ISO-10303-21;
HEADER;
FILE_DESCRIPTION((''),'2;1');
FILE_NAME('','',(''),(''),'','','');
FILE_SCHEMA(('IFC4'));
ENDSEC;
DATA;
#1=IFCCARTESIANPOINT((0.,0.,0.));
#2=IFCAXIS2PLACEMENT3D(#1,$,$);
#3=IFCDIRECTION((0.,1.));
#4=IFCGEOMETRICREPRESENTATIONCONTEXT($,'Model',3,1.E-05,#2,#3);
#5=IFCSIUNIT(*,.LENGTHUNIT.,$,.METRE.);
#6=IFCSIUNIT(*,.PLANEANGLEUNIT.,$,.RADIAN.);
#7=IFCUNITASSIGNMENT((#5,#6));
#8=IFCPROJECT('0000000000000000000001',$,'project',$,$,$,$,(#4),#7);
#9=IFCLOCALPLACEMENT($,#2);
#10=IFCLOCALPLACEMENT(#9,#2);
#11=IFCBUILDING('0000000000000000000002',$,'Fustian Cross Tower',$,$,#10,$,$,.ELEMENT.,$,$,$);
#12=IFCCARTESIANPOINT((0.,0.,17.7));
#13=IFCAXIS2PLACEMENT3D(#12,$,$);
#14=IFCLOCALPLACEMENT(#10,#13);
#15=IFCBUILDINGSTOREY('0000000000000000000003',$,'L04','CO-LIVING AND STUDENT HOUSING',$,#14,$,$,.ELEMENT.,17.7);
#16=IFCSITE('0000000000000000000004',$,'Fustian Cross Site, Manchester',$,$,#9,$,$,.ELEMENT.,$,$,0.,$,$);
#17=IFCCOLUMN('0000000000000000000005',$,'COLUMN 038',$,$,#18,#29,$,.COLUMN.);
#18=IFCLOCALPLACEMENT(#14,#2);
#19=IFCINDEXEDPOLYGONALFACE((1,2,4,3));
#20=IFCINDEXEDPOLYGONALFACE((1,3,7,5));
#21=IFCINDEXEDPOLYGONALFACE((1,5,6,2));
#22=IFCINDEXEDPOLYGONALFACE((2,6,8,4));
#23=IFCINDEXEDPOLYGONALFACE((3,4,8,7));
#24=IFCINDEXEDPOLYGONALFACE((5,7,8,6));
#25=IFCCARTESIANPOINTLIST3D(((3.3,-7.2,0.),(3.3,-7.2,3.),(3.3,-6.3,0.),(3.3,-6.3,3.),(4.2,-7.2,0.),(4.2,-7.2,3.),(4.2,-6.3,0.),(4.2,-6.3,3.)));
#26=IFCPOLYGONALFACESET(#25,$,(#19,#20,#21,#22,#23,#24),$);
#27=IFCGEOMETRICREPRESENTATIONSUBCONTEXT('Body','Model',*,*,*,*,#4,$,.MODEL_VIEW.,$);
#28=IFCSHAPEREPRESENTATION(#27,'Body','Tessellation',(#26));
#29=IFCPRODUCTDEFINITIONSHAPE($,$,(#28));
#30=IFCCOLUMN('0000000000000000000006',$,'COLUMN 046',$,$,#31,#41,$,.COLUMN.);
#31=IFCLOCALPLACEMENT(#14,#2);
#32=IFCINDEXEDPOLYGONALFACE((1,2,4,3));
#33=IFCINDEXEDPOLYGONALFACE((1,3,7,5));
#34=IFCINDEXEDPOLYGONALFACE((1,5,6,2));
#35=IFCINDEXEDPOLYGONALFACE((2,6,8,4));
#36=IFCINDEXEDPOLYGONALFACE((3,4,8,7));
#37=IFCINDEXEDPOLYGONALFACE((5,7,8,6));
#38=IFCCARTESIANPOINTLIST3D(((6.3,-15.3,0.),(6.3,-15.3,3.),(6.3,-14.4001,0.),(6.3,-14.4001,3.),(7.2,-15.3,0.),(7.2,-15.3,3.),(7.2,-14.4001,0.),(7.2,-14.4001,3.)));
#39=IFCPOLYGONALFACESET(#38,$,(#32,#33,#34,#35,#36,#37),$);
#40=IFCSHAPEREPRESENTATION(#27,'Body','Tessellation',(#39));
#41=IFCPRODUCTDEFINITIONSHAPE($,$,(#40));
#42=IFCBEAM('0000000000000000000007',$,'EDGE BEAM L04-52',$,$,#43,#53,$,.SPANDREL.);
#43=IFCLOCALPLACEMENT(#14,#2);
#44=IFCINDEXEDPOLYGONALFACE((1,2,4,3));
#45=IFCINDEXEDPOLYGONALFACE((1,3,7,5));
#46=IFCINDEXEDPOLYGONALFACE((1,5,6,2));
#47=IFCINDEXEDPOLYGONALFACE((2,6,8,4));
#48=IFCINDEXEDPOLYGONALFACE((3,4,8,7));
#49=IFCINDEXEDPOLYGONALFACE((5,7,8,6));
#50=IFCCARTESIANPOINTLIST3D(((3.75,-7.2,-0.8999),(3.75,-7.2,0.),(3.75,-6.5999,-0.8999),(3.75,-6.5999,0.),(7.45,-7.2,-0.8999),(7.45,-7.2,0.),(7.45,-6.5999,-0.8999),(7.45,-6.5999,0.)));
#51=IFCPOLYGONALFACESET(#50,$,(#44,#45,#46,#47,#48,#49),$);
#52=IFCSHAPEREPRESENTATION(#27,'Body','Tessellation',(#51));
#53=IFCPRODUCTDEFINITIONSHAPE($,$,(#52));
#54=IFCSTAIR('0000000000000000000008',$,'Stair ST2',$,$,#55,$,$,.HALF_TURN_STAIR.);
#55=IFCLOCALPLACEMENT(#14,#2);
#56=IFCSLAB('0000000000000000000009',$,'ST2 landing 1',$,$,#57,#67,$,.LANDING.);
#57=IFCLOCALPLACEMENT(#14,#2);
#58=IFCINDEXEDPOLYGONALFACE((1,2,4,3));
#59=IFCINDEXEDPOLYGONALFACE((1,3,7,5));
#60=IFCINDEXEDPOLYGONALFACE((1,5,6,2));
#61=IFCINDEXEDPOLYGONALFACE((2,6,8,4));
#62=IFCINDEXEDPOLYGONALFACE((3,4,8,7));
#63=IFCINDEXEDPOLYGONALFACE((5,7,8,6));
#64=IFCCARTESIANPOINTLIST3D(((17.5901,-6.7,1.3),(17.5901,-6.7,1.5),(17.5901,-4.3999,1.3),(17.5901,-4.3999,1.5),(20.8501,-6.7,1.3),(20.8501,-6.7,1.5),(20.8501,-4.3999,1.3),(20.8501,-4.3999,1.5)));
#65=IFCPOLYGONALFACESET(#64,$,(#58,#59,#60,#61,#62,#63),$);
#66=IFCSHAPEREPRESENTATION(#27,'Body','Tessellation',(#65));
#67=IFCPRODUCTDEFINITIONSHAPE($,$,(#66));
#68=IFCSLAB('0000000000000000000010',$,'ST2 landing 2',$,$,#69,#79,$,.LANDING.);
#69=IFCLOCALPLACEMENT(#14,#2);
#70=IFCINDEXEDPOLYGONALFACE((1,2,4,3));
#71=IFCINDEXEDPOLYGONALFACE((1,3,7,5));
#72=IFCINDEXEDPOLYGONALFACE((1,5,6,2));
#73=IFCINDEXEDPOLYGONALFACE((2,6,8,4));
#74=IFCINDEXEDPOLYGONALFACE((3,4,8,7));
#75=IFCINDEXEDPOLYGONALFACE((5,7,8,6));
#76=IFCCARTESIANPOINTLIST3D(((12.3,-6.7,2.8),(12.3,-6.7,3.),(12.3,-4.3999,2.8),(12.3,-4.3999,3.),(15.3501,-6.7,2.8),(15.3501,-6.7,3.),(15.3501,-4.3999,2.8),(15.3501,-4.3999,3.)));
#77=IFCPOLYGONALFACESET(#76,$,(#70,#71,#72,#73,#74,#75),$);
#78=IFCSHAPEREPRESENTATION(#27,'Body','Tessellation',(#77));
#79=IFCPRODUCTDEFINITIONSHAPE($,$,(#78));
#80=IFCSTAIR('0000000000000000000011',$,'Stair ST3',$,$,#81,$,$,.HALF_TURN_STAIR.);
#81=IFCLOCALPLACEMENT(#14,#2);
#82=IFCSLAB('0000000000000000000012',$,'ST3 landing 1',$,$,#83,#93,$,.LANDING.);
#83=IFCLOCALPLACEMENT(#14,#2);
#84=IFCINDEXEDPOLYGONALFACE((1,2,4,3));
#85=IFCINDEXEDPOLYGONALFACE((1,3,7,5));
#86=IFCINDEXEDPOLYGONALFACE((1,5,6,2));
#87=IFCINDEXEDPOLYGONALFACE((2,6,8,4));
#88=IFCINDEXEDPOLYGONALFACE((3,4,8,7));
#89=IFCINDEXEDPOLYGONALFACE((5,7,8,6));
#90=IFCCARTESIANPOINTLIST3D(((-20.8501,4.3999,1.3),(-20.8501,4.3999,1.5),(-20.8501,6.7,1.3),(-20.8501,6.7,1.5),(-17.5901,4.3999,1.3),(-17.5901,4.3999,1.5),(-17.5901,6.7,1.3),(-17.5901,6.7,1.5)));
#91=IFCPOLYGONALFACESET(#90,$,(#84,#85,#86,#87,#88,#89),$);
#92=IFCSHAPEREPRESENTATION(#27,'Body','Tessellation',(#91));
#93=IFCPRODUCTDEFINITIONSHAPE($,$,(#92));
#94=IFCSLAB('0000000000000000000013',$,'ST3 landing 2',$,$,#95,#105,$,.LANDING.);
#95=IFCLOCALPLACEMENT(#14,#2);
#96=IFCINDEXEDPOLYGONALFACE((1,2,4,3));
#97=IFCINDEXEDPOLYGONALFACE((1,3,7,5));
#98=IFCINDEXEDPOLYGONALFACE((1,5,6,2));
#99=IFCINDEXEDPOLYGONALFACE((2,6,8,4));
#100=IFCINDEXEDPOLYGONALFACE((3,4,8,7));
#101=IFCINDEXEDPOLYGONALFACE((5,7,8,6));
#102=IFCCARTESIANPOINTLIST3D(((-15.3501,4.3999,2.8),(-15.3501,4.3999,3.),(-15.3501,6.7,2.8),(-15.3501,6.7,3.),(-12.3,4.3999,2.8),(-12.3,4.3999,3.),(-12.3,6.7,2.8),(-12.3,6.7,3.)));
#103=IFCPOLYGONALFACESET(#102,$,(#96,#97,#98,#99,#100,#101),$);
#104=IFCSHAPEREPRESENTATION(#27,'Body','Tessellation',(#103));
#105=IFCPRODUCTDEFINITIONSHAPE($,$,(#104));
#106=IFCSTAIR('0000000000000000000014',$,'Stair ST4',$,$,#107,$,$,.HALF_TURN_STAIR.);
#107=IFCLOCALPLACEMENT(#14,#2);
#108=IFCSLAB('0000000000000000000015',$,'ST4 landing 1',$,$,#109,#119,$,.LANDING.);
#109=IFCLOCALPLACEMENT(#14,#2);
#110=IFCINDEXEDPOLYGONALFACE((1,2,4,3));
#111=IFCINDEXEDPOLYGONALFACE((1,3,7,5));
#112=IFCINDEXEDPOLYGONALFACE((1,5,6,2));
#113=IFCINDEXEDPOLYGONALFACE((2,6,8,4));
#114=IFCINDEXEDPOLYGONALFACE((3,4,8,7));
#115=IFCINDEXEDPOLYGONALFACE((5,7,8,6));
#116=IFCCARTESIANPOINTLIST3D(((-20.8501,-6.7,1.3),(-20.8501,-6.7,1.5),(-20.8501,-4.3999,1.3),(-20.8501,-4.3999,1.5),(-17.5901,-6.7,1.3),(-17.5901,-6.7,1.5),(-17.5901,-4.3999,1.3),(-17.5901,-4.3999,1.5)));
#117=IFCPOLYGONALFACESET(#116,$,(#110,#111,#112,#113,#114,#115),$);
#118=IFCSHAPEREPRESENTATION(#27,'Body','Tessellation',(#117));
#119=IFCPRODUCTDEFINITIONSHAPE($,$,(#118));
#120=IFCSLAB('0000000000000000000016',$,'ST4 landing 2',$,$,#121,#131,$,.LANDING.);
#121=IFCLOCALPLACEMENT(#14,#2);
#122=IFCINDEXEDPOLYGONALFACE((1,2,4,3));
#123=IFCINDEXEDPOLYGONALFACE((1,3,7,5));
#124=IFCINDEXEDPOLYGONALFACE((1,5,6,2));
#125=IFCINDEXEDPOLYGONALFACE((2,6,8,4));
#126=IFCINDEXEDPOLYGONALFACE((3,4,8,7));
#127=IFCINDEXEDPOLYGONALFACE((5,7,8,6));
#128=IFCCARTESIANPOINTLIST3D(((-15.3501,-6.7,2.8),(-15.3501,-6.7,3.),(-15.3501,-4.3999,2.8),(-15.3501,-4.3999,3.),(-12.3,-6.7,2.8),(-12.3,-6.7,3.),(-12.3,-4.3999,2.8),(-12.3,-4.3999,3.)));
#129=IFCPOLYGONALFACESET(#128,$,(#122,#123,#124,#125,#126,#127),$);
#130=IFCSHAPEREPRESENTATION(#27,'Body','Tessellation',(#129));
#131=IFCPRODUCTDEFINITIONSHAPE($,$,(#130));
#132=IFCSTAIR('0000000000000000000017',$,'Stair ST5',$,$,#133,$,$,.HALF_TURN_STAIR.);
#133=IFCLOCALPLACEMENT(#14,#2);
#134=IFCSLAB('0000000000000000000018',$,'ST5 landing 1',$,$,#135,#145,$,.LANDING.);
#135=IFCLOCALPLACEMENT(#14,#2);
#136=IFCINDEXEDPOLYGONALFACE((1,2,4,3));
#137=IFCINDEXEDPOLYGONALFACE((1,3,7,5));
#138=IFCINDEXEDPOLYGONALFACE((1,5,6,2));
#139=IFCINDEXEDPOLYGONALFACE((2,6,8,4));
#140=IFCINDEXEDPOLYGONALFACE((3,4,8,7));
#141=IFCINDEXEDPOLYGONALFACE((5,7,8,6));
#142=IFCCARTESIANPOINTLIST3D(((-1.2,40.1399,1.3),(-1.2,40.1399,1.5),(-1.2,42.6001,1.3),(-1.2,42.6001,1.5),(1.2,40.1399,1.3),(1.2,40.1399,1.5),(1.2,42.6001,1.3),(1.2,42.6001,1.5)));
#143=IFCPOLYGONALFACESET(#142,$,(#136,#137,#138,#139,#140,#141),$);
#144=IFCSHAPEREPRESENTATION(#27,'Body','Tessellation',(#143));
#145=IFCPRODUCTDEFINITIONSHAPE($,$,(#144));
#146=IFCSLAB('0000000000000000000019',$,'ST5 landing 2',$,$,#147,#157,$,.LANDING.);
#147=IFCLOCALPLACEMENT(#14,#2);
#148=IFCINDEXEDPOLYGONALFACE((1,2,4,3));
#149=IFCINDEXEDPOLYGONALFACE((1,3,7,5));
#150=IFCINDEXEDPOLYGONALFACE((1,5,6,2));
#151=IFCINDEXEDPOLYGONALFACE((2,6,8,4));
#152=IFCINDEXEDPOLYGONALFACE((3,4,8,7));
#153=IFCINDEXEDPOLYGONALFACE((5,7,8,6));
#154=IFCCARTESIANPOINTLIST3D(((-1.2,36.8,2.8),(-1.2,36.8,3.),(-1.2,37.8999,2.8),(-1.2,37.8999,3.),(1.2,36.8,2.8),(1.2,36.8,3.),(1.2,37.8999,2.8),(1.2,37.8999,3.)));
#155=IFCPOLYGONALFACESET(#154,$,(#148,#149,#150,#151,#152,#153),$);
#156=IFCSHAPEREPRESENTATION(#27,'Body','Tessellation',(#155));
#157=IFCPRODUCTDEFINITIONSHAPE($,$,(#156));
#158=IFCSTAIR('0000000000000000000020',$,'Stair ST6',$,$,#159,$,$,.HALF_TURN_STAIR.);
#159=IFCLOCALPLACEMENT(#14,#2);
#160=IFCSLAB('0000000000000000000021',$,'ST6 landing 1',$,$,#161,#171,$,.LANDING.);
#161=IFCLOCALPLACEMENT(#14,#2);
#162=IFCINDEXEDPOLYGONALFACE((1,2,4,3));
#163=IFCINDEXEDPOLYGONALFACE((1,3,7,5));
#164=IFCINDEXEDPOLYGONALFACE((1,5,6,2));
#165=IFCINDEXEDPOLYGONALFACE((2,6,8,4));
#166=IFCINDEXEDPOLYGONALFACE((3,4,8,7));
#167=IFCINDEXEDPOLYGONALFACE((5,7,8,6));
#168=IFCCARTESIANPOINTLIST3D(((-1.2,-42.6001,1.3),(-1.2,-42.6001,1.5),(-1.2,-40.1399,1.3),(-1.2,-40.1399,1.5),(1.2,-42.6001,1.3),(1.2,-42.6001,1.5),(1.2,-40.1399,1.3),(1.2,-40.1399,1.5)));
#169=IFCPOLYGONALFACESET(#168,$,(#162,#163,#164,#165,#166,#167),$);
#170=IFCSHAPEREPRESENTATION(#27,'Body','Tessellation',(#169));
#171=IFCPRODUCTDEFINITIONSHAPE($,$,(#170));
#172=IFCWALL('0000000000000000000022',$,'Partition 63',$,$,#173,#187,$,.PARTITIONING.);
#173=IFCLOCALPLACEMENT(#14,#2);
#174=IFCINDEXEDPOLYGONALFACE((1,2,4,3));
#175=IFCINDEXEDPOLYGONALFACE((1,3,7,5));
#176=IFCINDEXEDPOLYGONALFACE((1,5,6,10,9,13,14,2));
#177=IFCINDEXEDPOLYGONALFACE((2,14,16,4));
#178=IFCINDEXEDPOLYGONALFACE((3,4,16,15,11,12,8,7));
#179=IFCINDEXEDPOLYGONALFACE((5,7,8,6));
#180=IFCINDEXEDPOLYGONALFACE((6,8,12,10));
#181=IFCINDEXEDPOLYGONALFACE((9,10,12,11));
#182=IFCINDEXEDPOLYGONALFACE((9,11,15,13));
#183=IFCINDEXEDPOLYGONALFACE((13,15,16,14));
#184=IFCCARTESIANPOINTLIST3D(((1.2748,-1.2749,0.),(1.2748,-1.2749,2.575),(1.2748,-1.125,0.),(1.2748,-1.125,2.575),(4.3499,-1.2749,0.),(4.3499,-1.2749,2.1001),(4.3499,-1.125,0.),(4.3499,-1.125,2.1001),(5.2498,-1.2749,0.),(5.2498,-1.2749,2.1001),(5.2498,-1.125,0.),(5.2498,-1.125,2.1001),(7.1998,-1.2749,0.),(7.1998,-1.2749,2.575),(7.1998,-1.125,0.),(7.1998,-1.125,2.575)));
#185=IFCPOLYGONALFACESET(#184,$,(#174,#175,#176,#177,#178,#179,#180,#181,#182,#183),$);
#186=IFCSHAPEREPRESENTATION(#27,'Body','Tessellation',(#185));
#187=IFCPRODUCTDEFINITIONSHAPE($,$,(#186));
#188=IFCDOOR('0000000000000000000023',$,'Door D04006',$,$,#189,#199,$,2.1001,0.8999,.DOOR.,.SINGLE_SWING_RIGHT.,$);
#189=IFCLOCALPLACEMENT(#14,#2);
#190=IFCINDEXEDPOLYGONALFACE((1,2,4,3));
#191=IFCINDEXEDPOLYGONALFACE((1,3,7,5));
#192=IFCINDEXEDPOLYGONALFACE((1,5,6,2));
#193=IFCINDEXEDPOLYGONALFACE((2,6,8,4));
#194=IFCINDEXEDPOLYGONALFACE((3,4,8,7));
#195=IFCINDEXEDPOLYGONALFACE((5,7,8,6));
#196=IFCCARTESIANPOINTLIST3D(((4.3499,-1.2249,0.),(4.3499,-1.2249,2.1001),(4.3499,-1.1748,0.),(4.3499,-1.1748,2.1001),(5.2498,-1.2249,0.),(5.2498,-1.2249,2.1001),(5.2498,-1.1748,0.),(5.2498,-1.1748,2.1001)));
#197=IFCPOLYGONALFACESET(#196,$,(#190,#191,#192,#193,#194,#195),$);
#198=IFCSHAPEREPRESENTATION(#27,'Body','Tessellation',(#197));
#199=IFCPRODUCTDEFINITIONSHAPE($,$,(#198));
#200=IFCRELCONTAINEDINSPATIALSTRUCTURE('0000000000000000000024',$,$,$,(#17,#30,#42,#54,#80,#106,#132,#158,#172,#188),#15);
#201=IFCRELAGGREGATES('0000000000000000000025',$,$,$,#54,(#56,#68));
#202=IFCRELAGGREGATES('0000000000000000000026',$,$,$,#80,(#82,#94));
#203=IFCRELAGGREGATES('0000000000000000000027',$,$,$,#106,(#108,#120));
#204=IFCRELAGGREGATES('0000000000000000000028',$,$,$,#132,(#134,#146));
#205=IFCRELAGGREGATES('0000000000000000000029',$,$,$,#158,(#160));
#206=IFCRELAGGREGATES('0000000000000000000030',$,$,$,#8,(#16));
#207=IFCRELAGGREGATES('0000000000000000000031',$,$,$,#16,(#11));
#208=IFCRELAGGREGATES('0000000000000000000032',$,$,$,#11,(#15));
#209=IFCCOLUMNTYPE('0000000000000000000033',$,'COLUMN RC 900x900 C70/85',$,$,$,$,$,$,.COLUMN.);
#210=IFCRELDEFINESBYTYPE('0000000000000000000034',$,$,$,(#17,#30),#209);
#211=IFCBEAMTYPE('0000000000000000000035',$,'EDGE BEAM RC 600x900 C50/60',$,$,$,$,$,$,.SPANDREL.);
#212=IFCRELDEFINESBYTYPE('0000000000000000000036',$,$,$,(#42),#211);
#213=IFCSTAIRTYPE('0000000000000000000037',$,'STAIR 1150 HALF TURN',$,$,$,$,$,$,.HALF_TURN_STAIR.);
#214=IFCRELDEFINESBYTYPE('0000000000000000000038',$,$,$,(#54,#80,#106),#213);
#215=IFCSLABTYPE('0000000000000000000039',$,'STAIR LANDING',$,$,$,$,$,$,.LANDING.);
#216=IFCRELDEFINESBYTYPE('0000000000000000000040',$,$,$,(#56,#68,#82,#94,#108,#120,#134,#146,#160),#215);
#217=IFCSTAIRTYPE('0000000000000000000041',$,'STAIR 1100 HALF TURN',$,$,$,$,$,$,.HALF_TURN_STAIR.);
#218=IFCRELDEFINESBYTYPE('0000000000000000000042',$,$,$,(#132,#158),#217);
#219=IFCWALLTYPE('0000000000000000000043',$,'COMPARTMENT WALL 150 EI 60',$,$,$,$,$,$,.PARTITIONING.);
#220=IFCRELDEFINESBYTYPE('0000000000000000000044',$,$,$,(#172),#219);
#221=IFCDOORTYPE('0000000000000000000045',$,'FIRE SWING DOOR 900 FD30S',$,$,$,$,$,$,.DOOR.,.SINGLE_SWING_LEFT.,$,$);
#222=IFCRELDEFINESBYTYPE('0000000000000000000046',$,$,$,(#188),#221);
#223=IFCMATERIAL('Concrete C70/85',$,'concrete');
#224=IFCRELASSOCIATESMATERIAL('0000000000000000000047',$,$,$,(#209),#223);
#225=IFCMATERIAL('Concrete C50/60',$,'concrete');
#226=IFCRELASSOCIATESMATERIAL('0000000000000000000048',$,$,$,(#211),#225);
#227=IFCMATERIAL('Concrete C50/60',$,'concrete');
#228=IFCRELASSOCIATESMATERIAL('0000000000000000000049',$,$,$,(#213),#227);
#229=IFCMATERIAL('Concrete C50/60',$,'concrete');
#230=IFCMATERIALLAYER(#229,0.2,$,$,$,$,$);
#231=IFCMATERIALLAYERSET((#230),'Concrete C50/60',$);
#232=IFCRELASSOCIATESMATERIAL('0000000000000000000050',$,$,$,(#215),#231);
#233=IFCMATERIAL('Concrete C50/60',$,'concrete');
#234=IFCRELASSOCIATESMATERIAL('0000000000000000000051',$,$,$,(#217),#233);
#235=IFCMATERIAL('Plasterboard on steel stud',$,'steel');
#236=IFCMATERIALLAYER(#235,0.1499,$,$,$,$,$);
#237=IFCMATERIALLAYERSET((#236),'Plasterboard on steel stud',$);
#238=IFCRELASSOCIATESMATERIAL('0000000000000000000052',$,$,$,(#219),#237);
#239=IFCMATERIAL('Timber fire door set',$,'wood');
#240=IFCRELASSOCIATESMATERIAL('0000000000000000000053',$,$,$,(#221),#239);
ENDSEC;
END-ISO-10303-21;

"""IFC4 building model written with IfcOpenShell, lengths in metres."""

from ifc_helpers import new_model, si_unit, direction, frame, frame_2d, origin, origin_2d, place, context, subcontext, project, spatial, polyline, rectangle, outline, extrude, material, layer, layer_set, material_profile, profile_set, type_object, element, fill, aggregate, save


model = new_model("IFC4")

# Units and contexts
model_context = context("Model", 3, precision=1e-05, world=origin(), true_north=direction((0.0, 1.0)))
body_context = subcontext(model_context, "Body", "Model", "MODEL_VIEW")
ifc_project = project(units=[si_unit("LENGTHUNIT", "METRE"), si_unit("PLANEANGLEUNIT", "RADIAN")], contexts=[model_context])

# Site, building, storey
site_placement = place(None, origin())
site = spatial("IfcSite", under=ifc_project, at=site_placement, Name="Fustian Cross Site, Manchester", CompositionType="ELEMENT", RefElevation=0.0)
building_placement = place(site_placement, origin())
building = spatial("IfcBuilding", under=site, at=building_placement, Name="Fustian Cross Tower", CompositionType="ELEMENT")
storey_placement = place(building_placement, frame((0.0, 0.0, 17.7)))
storey = spatial("IfcBuildingStorey", under=building, at=storey_placement, Name="L04", Description="CO-LIVING AND STUDENT HOUSING", CompositionType="ELEMENT", Elevation=17.7)

# Columns
ifc_material_1 = material(Name="Concrete C70/85", Category="concrete")
ifc_material_profile_1 = material_profile(ifc_material_1, rectangle(XDim=0.8999, YDim=0.8999, at=origin_2d()), Name="RC 900x900")
ifc_profile_set_1 = profile_set([ifc_material_profile_1], Name="Concrete C70/85")
column_type = type_object("IfcColumnType", Name="COLUMN RC 900x900 C70/85", PredefinedType="COLUMN", material=ifc_profile_set_1)
for number, where, z_axis, x_axis, name in (
    (1, (3.75, -6.75, 0.0), (0.0, 0.0, 1.0), (1.0, 0.0, 0.0), "COLUMN 038"),
    (2, (6.75, -14.8501, 0.0), (0.0, 0.0, 1.0), (1.0, 0.0, 0.0), "COLUMN 046"),
):
    element("IfcColumn", number, at=place(storey_placement, frame(where, z_axis=z_axis, x_axis=x_axis)), inside=storey, type_object=column_type, Name=name, PredefinedType="COLUMN", context=body_context, shape_type="SweptSolid", body=[
        extrude(rectangle(XDim=0.8999, YDim=0.8999, at=origin_2d()), origin(), (0.0, 0.0, 1.0), 3.0),
    ])

# Beam
ifc_material_2 = material(Name="Concrete C50/60", Category="concrete")
ifc_material_profile_2 = material_profile(ifc_material_2, rectangle(XDim=0.6001, YDim=0.8999, at=origin_2d()), Name="RC 600x900")
ifc_profile_set_2 = profile_set([ifc_material_profile_2], Name="Concrete C50/60")
beam_type = type_object("IfcBeamType", Name="EDGE BEAM RC 600x900 C50/60", PredefinedType="SPANDREL", material=ifc_profile_set_2)
beam_placement = place(storey_placement, frame((3.75, -6.8999, -0.45), z_axis=(1.0, 0.0, 0.0), x_axis=(0.0, 1.0, 0.0)))
element("IfcBeam", 3, at=beam_placement, inside=storey, type_object=beam_type, Name="EDGE BEAM L04-52", PredefinedType="SPANDREL", context=body_context, shape_type="SweptSolid", body=[
    extrude(rectangle(XDim=0.6001, YDim=0.8999, at=origin_2d()), origin(), (0.0, 0.0, 1.0), 3.7),
])

# Stairs, slabs
ifc_material_3 = material(Name="Concrete C50/60", Category="concrete")
stair_type_1 = type_object("IfcStairType", Name="STAIR 1150 HALF TURN", PredefinedType="HALF_TURN_STAIR", material=ifc_material_3)
stair_1_placement = place(storey_placement, origin())
stair_1 = element("IfcStair", 4, at=stair_1_placement, inside=storey, type_object=stair_type_1, Name="Stair ST2", PredefinedType="HALF_TURN_STAIR")
ifc_material_4 = material(Name="Concrete C50/60", Category="concrete")
ifc_layer_1 = layer(ifc_material_4, 0.2)
ifc_layer_set_1 = layer_set([ifc_layer_1], Name="Concrete C50/60")
slab_type = type_object("IfcSlabType", Name="STAIR LANDING", PredefinedType="LANDING", material=ifc_layer_set_1)
slab_1_placement = place(storey_placement, frame((0.0, 0.0, 1.3)))
slab_1 = element("IfcSlab", 5, at=slab_1_placement, type_object=slab_type, Name="ST2 landing 1", PredefinedType="LANDING", context=body_context, shape_type="SweptSolid", body=[
    extrude(outline(polyline([(17.5901, -4.3999), (20.8501, -4.3999), (20.8501, -6.7), (17.5901, -6.7), (17.5901, -4.3999)])), origin(), (0.0, 0.0, 1.0), 0.2),
])
slab_2_placement = place(storey_placement, frame((0.0, 0.0, 2.8)))
slab_2 = element("IfcSlab", 6, at=slab_2_placement, type_object=slab_type, Name="ST2 landing 2", PredefinedType="LANDING", context=body_context, shape_type="SweptSolid", body=[
    extrude(outline(polyline([(12.3, -4.3999), (15.3501, -4.3999), (15.3501, -6.7), (12.3, -6.7), (12.3, -4.3999)])), origin(), (0.0, 0.0, 1.0), 0.2),
])
aggregate(stair_1, [slab_1, slab_2])
stair_2_placement = place(storey_placement, origin())
stair_2 = element("IfcStair", 7, at=stair_2_placement, inside=storey, type_object=stair_type_1, Name="Stair ST3", PredefinedType="HALF_TURN_STAIR")
slab_3_placement = place(storey_placement, frame((0.0, 0.0, 1.3)))
slab_3 = element("IfcSlab", 8, at=slab_3_placement, type_object=slab_type, Name="ST3 landing 1", PredefinedType="LANDING", context=body_context, shape_type="SweptSolid", body=[
    extrude(outline(polyline([(-17.5901, 4.3999), (-20.8501, 4.3999), (-20.8501, 6.7), (-17.5901, 6.7), (-17.5901, 4.3999)])), origin(), (0.0, 0.0, 1.0), 0.2),
])
slab_4_placement = place(storey_placement, frame((0.0, 0.0, 2.8)))
slab_4 = element("IfcSlab", 9, at=slab_4_placement, type_object=slab_type, Name="ST3 landing 2", PredefinedType="LANDING", context=body_context, shape_type="SweptSolid", body=[
    extrude(outline(polyline([(-12.3, 4.3999), (-15.3501, 4.3999), (-15.3501, 6.7), (-12.3, 6.7), (-12.3, 4.3999)])), origin(), (0.0, 0.0, 1.0), 0.2),
])
aggregate(stair_2, [slab_3, slab_4])
stair_3_placement = place(storey_placement, origin())
stair_3 = element("IfcStair", 10, at=stair_3_placement, inside=storey, type_object=stair_type_1, Name="Stair ST4", PredefinedType="HALF_TURN_STAIR")
slab_5_placement = place(storey_placement, frame((0.0, 0.0, 1.3)))
slab_5 = element("IfcSlab", 11, at=slab_5_placement, type_object=slab_type, Name="ST4 landing 1", PredefinedType="LANDING", context=body_context, shape_type="SweptSolid", body=[
    extrude(outline(polyline([(-17.5901, -4.3999), (-20.8501, -4.3999), (-20.8501, -6.7), (-17.5901, -6.7), (-17.5901, -4.3999)])), origin(), (0.0, 0.0, 1.0), 0.2),
])
slab_6_placement = place(storey_placement, frame((0.0, 0.0, 2.8)))
slab_6 = element("IfcSlab", 12, at=slab_6_placement, type_object=slab_type, Name="ST4 landing 2", PredefinedType="LANDING", context=body_context, shape_type="SweptSolid", body=[
    extrude(outline(polyline([(-12.3, -4.3999), (-15.3501, -4.3999), (-15.3501, -6.7), (-12.3, -6.7), (-12.3, -4.3999)])), origin(), (0.0, 0.0, 1.0), 0.2),
])
aggregate(stair_3, [slab_5, slab_6])
ifc_material_5 = material(Name="Concrete C50/60", Category="concrete")
stair_type_2 = type_object("IfcStairType", Name="STAIR 1100 HALF TURN", PredefinedType="HALF_TURN_STAIR", material=ifc_material_5)
stair_4_placement = place(storey_placement, origin())
stair_4 = element("IfcStair", 13, at=stair_4_placement, inside=storey, type_object=stair_type_2, Name="Stair ST5", PredefinedType="HALF_TURN_STAIR")
slab_7_placement = place(storey_placement, frame((0.0, 0.0, 1.3)))
slab_7 = element("IfcSlab", 14, at=slab_7_placement, type_object=slab_type, Name="ST5 landing 1", PredefinedType="LANDING", context=body_context, shape_type="SweptSolid", body=[
    extrude(outline(polyline([(-1.2, 40.1399), (-1.2, 42.6001), (1.2, 42.6001), (1.2, 40.1399), (-1.2, 40.1399)])), origin(), (0.0, 0.0, 1.0), 0.2),
])
slab_8_placement = place(storey_placement, frame((0.0, 0.0, 2.8)))
slab_8 = element("IfcSlab", 15, at=slab_8_placement, type_object=slab_type, Name="ST5 landing 2", PredefinedType="LANDING", context=body_context, shape_type="SweptSolid", body=[
    extrude(outline(polyline([(-1.2, 36.8), (-1.2, 37.8999), (1.2, 37.8999), (1.2, 36.8), (-1.2, 36.8)])), origin(), (0.0, 0.0, 1.0), 0.2),
])
aggregate(stair_4, [slab_7, slab_8])

# Stair, slab
stair_5_placement = place(storey_placement, origin())
stair_5 = element("IfcStair", 16, at=stair_5_placement, inside=storey, type_object=stair_type_2, Name="Stair ST6", PredefinedType="HALF_TURN_STAIR")
slab_9_placement = place(storey_placement, frame((0.0, 0.0, 1.3)))
slab_9 = element("IfcSlab", 17, at=slab_9_placement, type_object=slab_type, Name="ST6 landing 1", PredefinedType="LANDING", context=body_context, shape_type="SweptSolid", body=[
    extrude(outline(polyline([(-1.2, -40.1399), (-1.2, -42.6001), (1.2, -42.6001), (1.2, -40.1399), (-1.2, -40.1399)])), origin(), (0.0, 0.0, 1.0), 0.2),
])
aggregate(stair_5, [slab_9])

# Wall, opening, door
ifc_material_6 = material(Name="Plasterboard on steel stud", Category="steel")
ifc_layer_2 = layer(ifc_material_6, 0.1499)
ifc_layer_set_2 = layer_set([ifc_layer_2], Name="Plasterboard on steel stud")
wall_type_1 = type_object("IfcWallType", Name="COMPARTMENT WALL 150 EI 60", PredefinedType="PARTITIONING", material=ifc_layer_set_2)
wall_1_placement = place(storey_placement, frame((1.2749, -1.2, 0.0), z_axis=(0.0, 0.0, 1.0), x_axis=(1.0, 0.0, 0.0)))
wall_1 = element("IfcWall", 18, at=wall_1_placement, inside=storey, type_object=wall_type_1, Name="Partition 63", PredefinedType="PARTITIONING", context=body_context, shape_type="SweptSolid", body=[
    extrude(rectangle(XDim=5.925, YDim=0.1499, at=frame_2d((2.9624, 0.0))), origin(), (0.0, 0.0, 1.0), 2.575),
])
opening_1_placement = place(wall_1_placement, frame((3.075, 0.0, 0.0)))
opening_1 = element("IfcOpeningElement", 19, at=opening_1_placement, cuts=wall_1, PredefinedType="OPENING", context=body_context, shape_type="SweptSolid", body=[
    extrude(rectangle(XDim=0.8999, YDim=2.1001, at=frame_2d((0.45, 1.05))), frame((0.0, 0.085, 0.0), z_axis=(0.0, -1.0, 0.0), x_axis=(1.0, 0.0, 0.0)), (0.0, 0.0, 1.0), 0.1699),
])
ifc_material_7 = material(Name="Timber fire door set", Category="wood")
door_type_1 = type_object("IfcDoorType", Name="FIRE SWING DOOR 900 FD30S", OperationType="SINGLE_SWING_LEFT", PredefinedType="DOOR", material=ifc_material_7)
door_1_placement = place(opening_1_placement, frame((0.8999, 0.0, 0.0), z_axis=(0.0, 0.0, 1.0), x_axis=(-1.0, 0.0, 0.0)))
door_1 = element("IfcDoor", 20, at=door_1_placement, inside=storey, type_object=door_type_1, Name="Door D04006", OperationType="SINGLE_SWING_RIGHT", OverallHeight=2.1001, OverallWidth=0.8999, PredefinedType="DOOR", context=body_context, shape_type="SweptSolid", body=[
    extrude(rectangle(XDim=0.8999, YDim=2.1001, at=frame_2d((0.45, 1.05))), frame((0.0, 0.0249, 0.0), z_axis=(0.0, -1.0, 0.0), x_axis=(1.0, 0.0, 0.0)), (0.0, 0.0, 1.0), 0.05),
])
fill(opening_1, door_1)

save(model, "model.ifc")
